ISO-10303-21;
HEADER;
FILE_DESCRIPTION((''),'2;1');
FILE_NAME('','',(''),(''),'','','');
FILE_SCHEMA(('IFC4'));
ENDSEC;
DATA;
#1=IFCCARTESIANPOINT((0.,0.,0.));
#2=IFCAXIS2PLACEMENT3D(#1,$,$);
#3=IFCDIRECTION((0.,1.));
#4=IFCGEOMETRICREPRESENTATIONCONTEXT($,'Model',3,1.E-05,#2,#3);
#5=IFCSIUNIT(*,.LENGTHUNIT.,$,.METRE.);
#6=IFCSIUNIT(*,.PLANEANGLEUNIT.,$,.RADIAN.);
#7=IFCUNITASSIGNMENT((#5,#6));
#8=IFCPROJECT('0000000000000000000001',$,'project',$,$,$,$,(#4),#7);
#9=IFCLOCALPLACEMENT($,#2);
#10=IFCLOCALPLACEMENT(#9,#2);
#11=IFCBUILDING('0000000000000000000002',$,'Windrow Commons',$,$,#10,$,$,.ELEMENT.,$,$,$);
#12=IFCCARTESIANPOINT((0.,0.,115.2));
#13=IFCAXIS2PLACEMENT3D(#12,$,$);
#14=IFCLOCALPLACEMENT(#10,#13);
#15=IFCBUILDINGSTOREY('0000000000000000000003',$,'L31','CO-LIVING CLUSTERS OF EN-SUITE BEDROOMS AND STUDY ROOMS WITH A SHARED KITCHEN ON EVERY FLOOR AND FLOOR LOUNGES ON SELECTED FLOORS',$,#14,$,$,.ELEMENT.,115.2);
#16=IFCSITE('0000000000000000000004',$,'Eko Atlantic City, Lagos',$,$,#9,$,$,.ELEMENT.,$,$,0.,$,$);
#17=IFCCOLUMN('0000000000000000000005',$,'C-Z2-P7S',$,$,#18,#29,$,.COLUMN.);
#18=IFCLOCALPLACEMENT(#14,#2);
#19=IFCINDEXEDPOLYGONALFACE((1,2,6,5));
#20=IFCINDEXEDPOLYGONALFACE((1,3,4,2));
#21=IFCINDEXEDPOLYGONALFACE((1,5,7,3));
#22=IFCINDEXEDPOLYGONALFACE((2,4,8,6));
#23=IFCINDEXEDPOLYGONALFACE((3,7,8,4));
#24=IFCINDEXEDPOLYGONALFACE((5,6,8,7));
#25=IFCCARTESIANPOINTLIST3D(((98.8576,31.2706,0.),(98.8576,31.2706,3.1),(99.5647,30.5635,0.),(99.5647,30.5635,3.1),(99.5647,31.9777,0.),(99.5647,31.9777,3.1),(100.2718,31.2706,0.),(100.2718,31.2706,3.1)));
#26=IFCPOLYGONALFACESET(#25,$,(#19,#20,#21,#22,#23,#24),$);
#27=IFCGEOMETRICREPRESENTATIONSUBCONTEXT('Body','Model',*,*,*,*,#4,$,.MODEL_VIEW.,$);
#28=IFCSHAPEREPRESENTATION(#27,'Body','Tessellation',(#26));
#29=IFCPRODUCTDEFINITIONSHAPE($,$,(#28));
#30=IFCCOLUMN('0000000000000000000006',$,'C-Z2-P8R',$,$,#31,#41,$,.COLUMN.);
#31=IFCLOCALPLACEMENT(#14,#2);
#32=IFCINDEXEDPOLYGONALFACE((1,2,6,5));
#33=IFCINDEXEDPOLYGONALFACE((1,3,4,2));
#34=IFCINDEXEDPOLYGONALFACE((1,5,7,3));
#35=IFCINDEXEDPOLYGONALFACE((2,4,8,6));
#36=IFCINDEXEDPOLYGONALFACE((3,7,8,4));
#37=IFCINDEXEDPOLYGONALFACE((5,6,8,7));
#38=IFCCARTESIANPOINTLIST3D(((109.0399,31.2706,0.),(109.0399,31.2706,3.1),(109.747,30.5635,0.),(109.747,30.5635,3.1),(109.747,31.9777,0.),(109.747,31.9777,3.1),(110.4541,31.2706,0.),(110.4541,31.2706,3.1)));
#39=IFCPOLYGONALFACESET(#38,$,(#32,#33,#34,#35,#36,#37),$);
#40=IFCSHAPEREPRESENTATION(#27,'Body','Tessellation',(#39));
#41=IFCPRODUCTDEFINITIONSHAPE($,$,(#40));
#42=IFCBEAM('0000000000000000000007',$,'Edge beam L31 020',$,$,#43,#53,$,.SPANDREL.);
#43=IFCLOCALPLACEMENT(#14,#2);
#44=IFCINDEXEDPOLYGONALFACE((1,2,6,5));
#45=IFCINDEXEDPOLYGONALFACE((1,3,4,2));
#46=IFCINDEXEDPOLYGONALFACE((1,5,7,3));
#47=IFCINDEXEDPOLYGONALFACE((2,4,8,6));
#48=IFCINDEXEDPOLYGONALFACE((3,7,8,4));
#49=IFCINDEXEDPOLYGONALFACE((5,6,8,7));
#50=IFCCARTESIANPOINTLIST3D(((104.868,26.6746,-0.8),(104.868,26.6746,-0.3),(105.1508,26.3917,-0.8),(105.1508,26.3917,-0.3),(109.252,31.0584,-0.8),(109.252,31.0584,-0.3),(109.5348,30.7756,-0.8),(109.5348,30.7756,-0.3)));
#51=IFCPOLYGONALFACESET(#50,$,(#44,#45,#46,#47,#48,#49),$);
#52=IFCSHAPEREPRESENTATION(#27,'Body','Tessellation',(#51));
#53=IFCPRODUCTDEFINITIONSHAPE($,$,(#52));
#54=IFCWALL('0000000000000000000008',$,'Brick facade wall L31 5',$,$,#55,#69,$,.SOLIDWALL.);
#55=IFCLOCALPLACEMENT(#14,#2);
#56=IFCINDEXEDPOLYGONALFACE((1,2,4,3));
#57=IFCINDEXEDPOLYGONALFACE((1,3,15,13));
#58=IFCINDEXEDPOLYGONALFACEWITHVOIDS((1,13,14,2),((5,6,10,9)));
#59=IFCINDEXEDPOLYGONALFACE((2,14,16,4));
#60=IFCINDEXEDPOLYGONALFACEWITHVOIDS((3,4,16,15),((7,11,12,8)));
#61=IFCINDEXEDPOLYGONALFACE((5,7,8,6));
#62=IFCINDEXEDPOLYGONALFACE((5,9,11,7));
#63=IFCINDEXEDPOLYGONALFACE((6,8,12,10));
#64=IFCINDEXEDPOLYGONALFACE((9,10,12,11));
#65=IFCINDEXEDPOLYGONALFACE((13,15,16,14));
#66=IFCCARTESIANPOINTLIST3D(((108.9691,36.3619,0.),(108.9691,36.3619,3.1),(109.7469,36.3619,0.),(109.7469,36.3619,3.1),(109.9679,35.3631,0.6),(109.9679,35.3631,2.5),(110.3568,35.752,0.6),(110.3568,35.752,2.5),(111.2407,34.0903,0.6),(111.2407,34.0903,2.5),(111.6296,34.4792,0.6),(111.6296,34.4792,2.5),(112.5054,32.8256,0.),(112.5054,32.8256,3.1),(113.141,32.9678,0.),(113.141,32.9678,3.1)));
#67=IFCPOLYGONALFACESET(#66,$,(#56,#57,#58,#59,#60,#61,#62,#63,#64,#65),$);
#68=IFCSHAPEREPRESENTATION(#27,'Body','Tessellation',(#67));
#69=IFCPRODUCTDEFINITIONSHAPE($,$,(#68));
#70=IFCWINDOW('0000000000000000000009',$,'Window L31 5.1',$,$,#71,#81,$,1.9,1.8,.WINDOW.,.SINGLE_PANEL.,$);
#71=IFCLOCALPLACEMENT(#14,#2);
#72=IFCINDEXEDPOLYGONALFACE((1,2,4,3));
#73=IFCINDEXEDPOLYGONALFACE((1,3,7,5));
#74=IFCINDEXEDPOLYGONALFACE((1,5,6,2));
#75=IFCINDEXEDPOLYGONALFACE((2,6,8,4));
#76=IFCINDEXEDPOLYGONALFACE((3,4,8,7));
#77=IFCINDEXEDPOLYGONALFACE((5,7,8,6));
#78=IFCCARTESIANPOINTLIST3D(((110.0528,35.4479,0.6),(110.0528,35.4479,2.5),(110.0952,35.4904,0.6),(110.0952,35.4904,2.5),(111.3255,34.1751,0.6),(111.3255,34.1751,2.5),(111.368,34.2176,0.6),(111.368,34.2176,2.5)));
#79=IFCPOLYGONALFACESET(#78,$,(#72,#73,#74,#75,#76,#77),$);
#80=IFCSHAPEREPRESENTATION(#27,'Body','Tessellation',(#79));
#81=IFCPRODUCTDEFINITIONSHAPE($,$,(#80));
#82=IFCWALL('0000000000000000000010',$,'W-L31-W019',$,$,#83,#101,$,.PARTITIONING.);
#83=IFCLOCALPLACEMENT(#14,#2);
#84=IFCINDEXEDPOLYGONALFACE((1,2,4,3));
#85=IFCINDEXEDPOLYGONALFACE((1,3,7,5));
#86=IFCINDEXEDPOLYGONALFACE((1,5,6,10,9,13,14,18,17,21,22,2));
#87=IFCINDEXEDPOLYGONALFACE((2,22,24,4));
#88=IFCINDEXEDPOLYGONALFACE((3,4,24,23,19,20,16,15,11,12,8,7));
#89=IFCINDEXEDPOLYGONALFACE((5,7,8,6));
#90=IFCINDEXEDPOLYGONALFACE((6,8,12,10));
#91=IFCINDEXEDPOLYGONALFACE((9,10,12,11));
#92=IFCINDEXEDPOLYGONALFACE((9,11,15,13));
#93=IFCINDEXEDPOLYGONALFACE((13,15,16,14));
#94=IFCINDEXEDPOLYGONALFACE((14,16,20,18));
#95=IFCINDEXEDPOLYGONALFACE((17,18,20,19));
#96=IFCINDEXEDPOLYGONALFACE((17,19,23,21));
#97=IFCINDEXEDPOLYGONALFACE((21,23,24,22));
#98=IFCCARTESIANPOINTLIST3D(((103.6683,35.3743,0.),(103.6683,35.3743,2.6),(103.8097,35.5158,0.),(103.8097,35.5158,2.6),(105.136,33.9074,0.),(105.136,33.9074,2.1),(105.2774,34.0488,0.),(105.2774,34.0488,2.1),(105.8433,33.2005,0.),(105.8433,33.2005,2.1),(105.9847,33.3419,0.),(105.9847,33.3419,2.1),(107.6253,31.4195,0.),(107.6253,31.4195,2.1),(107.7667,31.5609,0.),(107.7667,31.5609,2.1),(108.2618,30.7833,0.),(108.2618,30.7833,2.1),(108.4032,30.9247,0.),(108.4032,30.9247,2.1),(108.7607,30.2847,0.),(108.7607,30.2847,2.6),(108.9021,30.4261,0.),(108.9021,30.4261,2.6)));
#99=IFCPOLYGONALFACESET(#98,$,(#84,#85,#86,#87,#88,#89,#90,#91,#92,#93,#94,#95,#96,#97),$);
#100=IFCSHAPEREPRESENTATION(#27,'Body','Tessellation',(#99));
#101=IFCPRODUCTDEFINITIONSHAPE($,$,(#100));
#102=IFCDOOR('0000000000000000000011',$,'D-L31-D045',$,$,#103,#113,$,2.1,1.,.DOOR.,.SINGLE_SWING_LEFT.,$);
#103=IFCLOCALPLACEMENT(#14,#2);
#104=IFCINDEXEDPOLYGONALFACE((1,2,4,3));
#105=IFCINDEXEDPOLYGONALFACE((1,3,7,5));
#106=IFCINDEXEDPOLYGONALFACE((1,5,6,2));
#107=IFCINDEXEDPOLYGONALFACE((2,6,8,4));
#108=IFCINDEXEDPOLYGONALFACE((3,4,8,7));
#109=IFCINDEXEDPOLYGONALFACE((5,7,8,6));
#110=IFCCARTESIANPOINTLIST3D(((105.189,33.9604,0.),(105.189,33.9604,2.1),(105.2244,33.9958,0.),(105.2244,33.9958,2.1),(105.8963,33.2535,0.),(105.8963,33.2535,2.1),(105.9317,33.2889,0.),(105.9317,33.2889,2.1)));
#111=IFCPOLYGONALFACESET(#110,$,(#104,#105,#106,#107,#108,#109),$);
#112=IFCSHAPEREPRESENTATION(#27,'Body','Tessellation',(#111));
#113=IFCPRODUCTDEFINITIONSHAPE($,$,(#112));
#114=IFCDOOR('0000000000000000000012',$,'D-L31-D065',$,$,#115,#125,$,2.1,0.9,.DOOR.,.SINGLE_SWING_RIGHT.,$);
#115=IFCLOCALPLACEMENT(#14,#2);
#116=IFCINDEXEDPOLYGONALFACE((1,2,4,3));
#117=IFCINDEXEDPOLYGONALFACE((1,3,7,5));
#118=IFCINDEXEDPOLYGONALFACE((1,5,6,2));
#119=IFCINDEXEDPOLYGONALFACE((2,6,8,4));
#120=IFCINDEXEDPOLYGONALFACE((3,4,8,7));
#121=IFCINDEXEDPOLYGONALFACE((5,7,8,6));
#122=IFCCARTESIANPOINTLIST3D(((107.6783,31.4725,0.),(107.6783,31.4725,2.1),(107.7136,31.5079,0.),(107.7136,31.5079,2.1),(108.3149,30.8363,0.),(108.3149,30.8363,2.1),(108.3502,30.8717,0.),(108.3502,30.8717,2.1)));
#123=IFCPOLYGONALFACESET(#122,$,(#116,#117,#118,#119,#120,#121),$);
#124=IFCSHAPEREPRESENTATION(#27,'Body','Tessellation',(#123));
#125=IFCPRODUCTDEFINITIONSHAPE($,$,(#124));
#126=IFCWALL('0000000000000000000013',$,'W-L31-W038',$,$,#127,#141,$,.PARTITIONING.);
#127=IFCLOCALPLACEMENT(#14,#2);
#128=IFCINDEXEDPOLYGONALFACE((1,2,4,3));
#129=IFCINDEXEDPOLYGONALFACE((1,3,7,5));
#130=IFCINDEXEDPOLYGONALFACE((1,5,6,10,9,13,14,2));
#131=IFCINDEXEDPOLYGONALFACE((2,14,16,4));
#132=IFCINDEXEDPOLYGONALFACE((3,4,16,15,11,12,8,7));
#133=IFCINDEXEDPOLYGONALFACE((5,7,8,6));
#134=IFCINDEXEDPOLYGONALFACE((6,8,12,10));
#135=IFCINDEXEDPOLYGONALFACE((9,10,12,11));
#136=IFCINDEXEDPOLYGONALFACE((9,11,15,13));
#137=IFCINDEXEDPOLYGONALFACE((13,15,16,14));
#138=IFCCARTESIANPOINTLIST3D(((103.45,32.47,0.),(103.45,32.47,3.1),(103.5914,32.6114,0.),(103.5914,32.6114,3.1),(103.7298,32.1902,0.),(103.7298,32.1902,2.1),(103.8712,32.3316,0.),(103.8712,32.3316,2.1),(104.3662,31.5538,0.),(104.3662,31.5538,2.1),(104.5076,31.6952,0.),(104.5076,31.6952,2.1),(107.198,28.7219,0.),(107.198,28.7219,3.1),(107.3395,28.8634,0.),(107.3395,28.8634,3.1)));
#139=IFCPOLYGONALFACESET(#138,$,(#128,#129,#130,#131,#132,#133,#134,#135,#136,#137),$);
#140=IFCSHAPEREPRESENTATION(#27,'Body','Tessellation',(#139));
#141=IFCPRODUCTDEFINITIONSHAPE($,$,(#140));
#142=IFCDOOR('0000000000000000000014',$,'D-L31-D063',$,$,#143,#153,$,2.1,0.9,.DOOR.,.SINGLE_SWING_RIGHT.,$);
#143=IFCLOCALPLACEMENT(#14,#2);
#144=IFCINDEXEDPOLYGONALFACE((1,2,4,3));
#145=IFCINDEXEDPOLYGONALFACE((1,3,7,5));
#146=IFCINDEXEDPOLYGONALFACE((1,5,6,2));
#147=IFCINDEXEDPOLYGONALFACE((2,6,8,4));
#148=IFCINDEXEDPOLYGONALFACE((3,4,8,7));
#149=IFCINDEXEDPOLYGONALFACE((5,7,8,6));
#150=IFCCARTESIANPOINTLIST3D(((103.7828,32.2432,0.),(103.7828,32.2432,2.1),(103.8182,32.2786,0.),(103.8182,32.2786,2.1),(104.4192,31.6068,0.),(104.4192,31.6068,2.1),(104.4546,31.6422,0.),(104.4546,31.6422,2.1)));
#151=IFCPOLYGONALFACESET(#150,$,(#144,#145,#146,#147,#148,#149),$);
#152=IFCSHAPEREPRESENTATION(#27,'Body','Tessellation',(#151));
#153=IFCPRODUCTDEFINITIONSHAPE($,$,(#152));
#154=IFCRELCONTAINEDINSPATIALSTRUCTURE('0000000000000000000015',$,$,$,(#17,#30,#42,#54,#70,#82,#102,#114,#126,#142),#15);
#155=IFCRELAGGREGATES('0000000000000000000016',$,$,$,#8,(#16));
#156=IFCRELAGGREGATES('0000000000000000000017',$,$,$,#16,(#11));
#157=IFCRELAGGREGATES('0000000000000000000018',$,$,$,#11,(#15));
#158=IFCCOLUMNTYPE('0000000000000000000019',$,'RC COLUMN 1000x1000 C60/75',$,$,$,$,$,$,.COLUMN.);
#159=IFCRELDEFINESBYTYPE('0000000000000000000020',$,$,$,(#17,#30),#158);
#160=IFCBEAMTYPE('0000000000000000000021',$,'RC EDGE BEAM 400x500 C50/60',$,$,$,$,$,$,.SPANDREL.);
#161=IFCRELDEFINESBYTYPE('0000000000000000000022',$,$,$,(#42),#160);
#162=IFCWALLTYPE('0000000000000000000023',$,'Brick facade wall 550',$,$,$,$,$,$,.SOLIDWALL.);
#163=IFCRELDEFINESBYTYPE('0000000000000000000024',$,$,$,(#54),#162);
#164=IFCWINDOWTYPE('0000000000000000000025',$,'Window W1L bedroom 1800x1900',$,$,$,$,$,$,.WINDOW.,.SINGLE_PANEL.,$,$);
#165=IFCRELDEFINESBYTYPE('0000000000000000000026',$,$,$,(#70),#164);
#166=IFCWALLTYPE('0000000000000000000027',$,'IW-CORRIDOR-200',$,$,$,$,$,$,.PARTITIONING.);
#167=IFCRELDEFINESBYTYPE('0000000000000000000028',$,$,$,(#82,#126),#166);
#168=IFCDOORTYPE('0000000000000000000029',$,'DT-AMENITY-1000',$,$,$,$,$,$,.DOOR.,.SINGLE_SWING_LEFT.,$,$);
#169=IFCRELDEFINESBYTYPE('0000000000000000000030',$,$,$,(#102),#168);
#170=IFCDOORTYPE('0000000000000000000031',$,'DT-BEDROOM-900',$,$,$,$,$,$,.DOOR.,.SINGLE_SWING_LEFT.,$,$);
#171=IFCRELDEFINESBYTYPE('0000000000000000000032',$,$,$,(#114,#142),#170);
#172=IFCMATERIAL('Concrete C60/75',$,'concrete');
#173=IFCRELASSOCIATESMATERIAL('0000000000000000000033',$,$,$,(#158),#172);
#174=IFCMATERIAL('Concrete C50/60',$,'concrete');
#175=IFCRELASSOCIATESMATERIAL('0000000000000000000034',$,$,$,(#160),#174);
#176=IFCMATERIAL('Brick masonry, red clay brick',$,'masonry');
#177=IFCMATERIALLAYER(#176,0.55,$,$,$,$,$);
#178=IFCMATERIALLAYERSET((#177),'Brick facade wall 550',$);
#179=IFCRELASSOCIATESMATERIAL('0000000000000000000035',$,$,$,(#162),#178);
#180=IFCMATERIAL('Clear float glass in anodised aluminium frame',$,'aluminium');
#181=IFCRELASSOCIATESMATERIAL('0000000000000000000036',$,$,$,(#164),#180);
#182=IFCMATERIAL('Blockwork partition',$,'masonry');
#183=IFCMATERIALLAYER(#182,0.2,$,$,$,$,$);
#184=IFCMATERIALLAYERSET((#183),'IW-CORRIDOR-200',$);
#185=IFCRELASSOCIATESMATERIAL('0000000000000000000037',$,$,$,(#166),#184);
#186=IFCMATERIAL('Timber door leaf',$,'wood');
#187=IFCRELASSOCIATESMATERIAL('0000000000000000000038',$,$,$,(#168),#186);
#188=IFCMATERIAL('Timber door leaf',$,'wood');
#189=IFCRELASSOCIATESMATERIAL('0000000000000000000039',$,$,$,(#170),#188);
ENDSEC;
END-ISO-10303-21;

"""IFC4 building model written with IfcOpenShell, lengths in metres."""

from ifc_helpers import new_model, si_unit, direction, frame, frame_2d, origin, origin_2d, place, context, subcontext, project, spatial, polyline, rectangle, outline, extrude, material, layer, layer_set, material_profile, profile_set, type_object, element, fill, save


model = new_model("IFC4")

# Units and contexts
model_context = context("Model", 3, precision=1e-05, world=origin(), true_north=direction((0.0, 1.0)))
body_context = subcontext(model_context, "Body", "Model", "MODEL_VIEW")
ifc_project = project(units=[si_unit("LENGTHUNIT", "METRE"), si_unit("PLANEANGLEUNIT", "RADIAN")], contexts=[model_context])

# Site, building, storey
site_placement = place(None, origin())
site = spatial("IfcSite", under=ifc_project, at=site_placement, Name="Eko Atlantic City, Lagos", CompositionType="ELEMENT", RefElevation=0.0)
building_placement = place(site_placement, origin())
building = spatial("IfcBuilding", under=site, at=building_placement, Name="Windrow Commons", CompositionType="ELEMENT")
storey_placement = place(building_placement, frame((0.0, 0.0, 115.2)))
storey = spatial("IfcBuildingStorey", under=building, at=storey_placement, Name="L31", Description="CO-LIVING CLUSTERS OF EN-SUITE BEDROOMS AND STUDY ROOMS WITH A SHARED KITCHEN ON EVERY FLOOR AND FLOOR LOUNGES ON SELECTED FLOORS", CompositionType="ELEMENT", Elevation=115.2)

# Columns
ifc_material_1 = material(Name="Concrete C60/75", Category="concrete")
ifc_material_profile_1 = material_profile(ifc_material_1, rectangle(XDim=1.0, YDim=1.0, at=origin_2d()))
ifc_profile_set_1 = profile_set([ifc_material_profile_1], Name="Concrete C60/75")
column_type = type_object("IfcColumnType", Name="RC COLUMN 1000x1000 C60/75", PredefinedType="COLUMN", material=ifc_profile_set_1)
for number, where, z_axis, x_axis, name in (
    (1, (99.5647, 31.2706, 0.0), (0.0, 0.0, 1.0), (0.707107, -0.707107, 0.0), "C-Z2-P7S"),
    (2, (109.747, 31.2706, 0.0), (0.0, 0.0, 1.0), (0.707107, -0.707107, 0.0), "C-Z2-P8R"),
):
    element("IfcColumn", number, at=place(storey_placement, frame(where, z_axis=z_axis, x_axis=x_axis)), inside=storey, type_object=column_type, Name=name, PredefinedType="COLUMN", context=body_context, shape_type="SweptSolid", body=[
        extrude(rectangle(XDim=1.0, YDim=1.0, at=origin_2d()), origin(), (0.0, 0.0, 1.0), 3.1),
    ])

# Beam
ifc_material_2 = material(Name="Concrete C50/60", Category="concrete")
ifc_material_profile_2 = material_profile(ifc_material_2, rectangle(XDim=0.4, YDim=0.5, at=origin_2d()))
ifc_profile_set_2 = profile_set([ifc_material_profile_2], Name="Concrete C50/60")
beam_type = type_object("IfcBeamType", Name="RC EDGE BEAM 400x500 C50/60", PredefinedType="SPANDREL", material=ifc_profile_set_2)
beam_placement = place(storey_placement, frame((109.3934, 30.917, -0.55), z_axis=(-0.707115, -0.707099, 0.0), x_axis=(0.707099, -0.707115, 0.0)))
element("IfcBeam", 3, at=beam_placement, inside=storey, type_object=beam_type, Name="Edge beam L31 020", PredefinedType="SPANDREL", context=body_context, shape_type="SweptSolid", body=[
    extrude(rectangle(XDim=0.4, YDim=0.5, at=origin_2d()), origin(), (0.0, 0.0, 1.0), 6.1998),
])

# Wall, opening, window
ifc_material_3 = material(Name="Brick masonry, red clay brick", Category="masonry")
ifc_layer_1 = layer(ifc_material_3, 0.55)
ifc_layer_set_1 = layer_set([ifc_layer_1], Name="Brick facade wall 550")
wall_type_1 = type_object("IfcWallType", Name="Brick facade wall 550", PredefinedType="SOLIDWALL", material=ifc_layer_set_1)
wall_1_placement = place(storey_placement, frame((112.8232, 32.8967, 0.0), z_axis=(0.0, 0.0, 1.0), x_axis=(-0.707107, 0.707107, 0.0)))
wall_1 = element("IfcWall", 4, at=wall_1_placement, inside=storey, type_object=wall_type_1, Name="Brick facade wall L31 5", PredefinedType="SOLIDWALL", context=body_context, shape_type="SweptSolid", body=[
    extrude(outline(polyline([(-0.1745, -0.275), (4.6255, -0.275), (5.1755, 0.275), (0.1745, 0.275), (-0.1745, -0.275)])), origin(), (0.0, 0.0, 1.0), 3.1),
])
opening_1_placement = place(wall_1_placement, frame((1.963, 0.0, 0.6)))
opening_1 = element("IfcOpeningElement", 5, at=opening_1_placement, cuts=wall_1, PredefinedType="OPENING", context=body_context, shape_type="SweptSolid", body=[
    extrude(rectangle(XDim=1.8, YDim=1.9, at=frame_2d((0.9, 0.95))), frame((0.0, 0.285, 0.0), z_axis=(0.0, -1.0, 0.0), x_axis=(1.0, 0.0, 0.0)), (0.0, 0.0, 1.0), 0.57),
])
ifc_material_4 = material(Name="Clear float glass in anodised aluminium frame", Category="aluminium")
window_type = type_object("IfcWindowType", Name="Window W1L bedroom 1800x1900", PartitioningType="SINGLE_PANEL", PredefinedType="WINDOW", material=ifc_material_4)
window_placement = place(opening_1_placement, origin())
window = element("IfcWindow", 6, at=window_placement, inside=storey, type_object=window_type, Name="Window L31 5.1", OverallHeight=1.9, OverallWidth=1.8, PartitioningType="SINGLE_PANEL", PredefinedType="WINDOW", context=body_context, shape_type="SweptSolid", body=[
    extrude(rectangle(XDim=1.8, YDim=1.9, at=frame_2d((0.9, 0.95))), frame((0.0, 0.155, 0.0), z_axis=(0.0, -1.0, 0.0), x_axis=(1.0, 0.0, 0.0)), (0.0, 0.0, 1.0), 0.06),
])
fill(opening_1, window)

# Wall, openings, doors
ifc_material_5 = material(Name="Blockwork partition", Category="masonry")
ifc_layer_2 = layer(ifc_material_5, 0.2)
ifc_layer_set_2 = layer_set([ifc_layer_2], Name="IW-CORRIDOR-200")
wall_type_2 = type_object("IfcWallType", Name="IW-CORRIDOR-200", PredefinedType="PARTITIONING", material=ifc_layer_set_2)
wall_2_placement = place(storey_placement, frame((108.8314, 30.3554, 0.0), z_axis=(0.0, 0.0, 1.0), x_axis=(-0.707301, 0.706912, 0.0)))
wall_2 = element("IfcWall", 7, at=wall_2_placement, inside=storey, type_object=wall_type_2, Name="W-L31-W019", PredefinedType="PARTITIONING", context=body_context, shape_type="SweptSolid", body=[
    extrude(rectangle(XDim=7.1998, YDim=0.2, at=frame_2d((3.5999, 0.0))), origin(), (0.0, 0.0, 1.0), 2.6),
])
opening_2_placement = place(wall_2_placement, frame((4.1247, 0.0, 0.0)))
opening_2 = element("IfcOpeningElement", 8, at=opening_2_placement, cuts=wall_2, PredefinedType="OPENING", context=body_context, shape_type="SweptSolid", body=[
    extrude(rectangle(XDim=1.0, YDim=2.1, at=frame_2d((0.5, 1.05))), frame((0.0, 0.11, 0.0), z_axis=(0.0, -1.0, 0.0), x_axis=(1.0, 0.0, 0.0)), (0.0, 0.0, 1.0), 0.22),
])
opening_3_placement = place(wall_2_placement, frame((0.7053, 0.0, 0.0)))
opening_3 = element("IfcOpeningElement", 9, at=opening_3_placement, cuts=wall_2, PredefinedType="OPENING", context=body_context, shape_type="SweptSolid", body=[
    extrude(rectangle(XDim=0.9, YDim=2.1, at=frame_2d((0.45, 1.05))), frame((0.0, 0.11, 0.0), z_axis=(0.0, -1.0, 0.0), x_axis=(1.0, 0.0, 0.0)), (0.0, 0.0, 1.0), 0.22),
])
ifc_material_6 = material(Name="Timber door leaf", Category="wood")
door_type_1 = type_object("IfcDoorType", Name="DT-AMENITY-1000", OperationType="SINGLE_SWING_LEFT", PredefinedType="DOOR", material=ifc_material_6)
door_1_placement = place(opening_2_placement, origin())
door_1 = element("IfcDoor", 10, at=door_1_placement, inside=storey, type_object=door_type_1, Name="D-L31-D045", OperationType="SINGLE_SWING_LEFT", OverallHeight=2.1, OverallWidth=1.0, PredefinedType="DOOR", context=body_context, shape_type="SweptSolid", body=[
    extrude(rectangle(XDim=1.0, YDim=2.1, at=frame_2d((0.5, 1.05))), frame((0.0, 0.025, 0.0), z_axis=(0.0, -1.0, 0.0), x_axis=(1.0, 0.0, 0.0)), (0.0, 0.0, 1.0), 0.05),
])
fill(opening_2, door_1)
ifc_material_7 = material(Name="Timber door leaf", Category="wood")
door_type_2 = type_object("IfcDoorType", Name="DT-BEDROOM-900", OperationType="SINGLE_SWING_LEFT", PredefinedType="DOOR", material=ifc_material_7)
door_2_placement = place(opening_3_placement, origin())
door_2 = element("IfcDoor", 11, at=door_2_placement, inside=storey, type_object=door_type_2, Name="D-L31-D065", OperationType="SINGLE_SWING_RIGHT", OverallHeight=2.1, OverallWidth=0.9, PredefinedType="DOOR", context=body_context, shape_type="SweptSolid", body=[
    extrude(rectangle(XDim=0.9, YDim=2.1, at=frame_2d((0.45, 1.05))), frame((0.0, 0.025, 0.0), z_axis=(0.0, -1.0, 0.0), x_axis=(1.0, 0.0, 0.0)), (0.0, 0.0, 1.0), 0.05),
])
fill(opening_3, door_2)

# Wall, opening, door
wall_3_placement = place(storey_placement, frame((103.5207, 32.5407, 0.0), z_axis=(0.0, 0.0, 1.0), x_axis=(0.707107, -0.707107, 0.0)))
wall_3 = element("IfcWall", 12, at=wall_3_placement, inside=storey, type_object=wall_type_2, Name="W-L31-W038", PredefinedType="PARTITIONING", context=body_context, shape_type="SweptSolid", body=[
    extrude(rectangle(XDim=5.3005, YDim=0.2, at=frame_2d((2.6503, 0.0))), origin(), (0.0, 0.0, 1.0), 3.1),
])
opening_4_placement = place(wall_3_placement, frame((0.3957, 0.0, 0.0)))
opening_4 = element("IfcOpeningElement", 13, at=opening_4_placement, cuts=wall_3, PredefinedType="OPENING", context=body_context, shape_type="SweptSolid", body=[
    extrude(rectangle(XDim=0.9, YDim=2.1, at=frame_2d((0.45, 1.05))), frame((0.0, 0.11, 0.0), z_axis=(0.0, -1.0, 0.0), x_axis=(1.0, 0.0, 0.0)), (0.0, 0.0, 1.0), 0.22),
])
door_3_placement = place(opening_4_placement, origin())
door_3 = element("IfcDoor", 14, at=door_3_placement, inside=storey, type_object=door_type_2, Name="D-L31-D063", OperationType="SINGLE_SWING_RIGHT", OverallHeight=2.1, OverallWidth=0.9, PredefinedType="DOOR", context=body_context, shape_type="SweptSolid", body=[
    extrude(rectangle(XDim=0.9, YDim=2.1, at=frame_2d((0.45, 1.05))), frame((0.0, 0.025, 0.0), z_axis=(0.0, -1.0, 0.0), x_axis=(1.0, 0.0, 0.0)), (0.0, 0.0, 1.0), 0.05),
])
fill(opening_4, door_3)

save(model, "model.ifc")
